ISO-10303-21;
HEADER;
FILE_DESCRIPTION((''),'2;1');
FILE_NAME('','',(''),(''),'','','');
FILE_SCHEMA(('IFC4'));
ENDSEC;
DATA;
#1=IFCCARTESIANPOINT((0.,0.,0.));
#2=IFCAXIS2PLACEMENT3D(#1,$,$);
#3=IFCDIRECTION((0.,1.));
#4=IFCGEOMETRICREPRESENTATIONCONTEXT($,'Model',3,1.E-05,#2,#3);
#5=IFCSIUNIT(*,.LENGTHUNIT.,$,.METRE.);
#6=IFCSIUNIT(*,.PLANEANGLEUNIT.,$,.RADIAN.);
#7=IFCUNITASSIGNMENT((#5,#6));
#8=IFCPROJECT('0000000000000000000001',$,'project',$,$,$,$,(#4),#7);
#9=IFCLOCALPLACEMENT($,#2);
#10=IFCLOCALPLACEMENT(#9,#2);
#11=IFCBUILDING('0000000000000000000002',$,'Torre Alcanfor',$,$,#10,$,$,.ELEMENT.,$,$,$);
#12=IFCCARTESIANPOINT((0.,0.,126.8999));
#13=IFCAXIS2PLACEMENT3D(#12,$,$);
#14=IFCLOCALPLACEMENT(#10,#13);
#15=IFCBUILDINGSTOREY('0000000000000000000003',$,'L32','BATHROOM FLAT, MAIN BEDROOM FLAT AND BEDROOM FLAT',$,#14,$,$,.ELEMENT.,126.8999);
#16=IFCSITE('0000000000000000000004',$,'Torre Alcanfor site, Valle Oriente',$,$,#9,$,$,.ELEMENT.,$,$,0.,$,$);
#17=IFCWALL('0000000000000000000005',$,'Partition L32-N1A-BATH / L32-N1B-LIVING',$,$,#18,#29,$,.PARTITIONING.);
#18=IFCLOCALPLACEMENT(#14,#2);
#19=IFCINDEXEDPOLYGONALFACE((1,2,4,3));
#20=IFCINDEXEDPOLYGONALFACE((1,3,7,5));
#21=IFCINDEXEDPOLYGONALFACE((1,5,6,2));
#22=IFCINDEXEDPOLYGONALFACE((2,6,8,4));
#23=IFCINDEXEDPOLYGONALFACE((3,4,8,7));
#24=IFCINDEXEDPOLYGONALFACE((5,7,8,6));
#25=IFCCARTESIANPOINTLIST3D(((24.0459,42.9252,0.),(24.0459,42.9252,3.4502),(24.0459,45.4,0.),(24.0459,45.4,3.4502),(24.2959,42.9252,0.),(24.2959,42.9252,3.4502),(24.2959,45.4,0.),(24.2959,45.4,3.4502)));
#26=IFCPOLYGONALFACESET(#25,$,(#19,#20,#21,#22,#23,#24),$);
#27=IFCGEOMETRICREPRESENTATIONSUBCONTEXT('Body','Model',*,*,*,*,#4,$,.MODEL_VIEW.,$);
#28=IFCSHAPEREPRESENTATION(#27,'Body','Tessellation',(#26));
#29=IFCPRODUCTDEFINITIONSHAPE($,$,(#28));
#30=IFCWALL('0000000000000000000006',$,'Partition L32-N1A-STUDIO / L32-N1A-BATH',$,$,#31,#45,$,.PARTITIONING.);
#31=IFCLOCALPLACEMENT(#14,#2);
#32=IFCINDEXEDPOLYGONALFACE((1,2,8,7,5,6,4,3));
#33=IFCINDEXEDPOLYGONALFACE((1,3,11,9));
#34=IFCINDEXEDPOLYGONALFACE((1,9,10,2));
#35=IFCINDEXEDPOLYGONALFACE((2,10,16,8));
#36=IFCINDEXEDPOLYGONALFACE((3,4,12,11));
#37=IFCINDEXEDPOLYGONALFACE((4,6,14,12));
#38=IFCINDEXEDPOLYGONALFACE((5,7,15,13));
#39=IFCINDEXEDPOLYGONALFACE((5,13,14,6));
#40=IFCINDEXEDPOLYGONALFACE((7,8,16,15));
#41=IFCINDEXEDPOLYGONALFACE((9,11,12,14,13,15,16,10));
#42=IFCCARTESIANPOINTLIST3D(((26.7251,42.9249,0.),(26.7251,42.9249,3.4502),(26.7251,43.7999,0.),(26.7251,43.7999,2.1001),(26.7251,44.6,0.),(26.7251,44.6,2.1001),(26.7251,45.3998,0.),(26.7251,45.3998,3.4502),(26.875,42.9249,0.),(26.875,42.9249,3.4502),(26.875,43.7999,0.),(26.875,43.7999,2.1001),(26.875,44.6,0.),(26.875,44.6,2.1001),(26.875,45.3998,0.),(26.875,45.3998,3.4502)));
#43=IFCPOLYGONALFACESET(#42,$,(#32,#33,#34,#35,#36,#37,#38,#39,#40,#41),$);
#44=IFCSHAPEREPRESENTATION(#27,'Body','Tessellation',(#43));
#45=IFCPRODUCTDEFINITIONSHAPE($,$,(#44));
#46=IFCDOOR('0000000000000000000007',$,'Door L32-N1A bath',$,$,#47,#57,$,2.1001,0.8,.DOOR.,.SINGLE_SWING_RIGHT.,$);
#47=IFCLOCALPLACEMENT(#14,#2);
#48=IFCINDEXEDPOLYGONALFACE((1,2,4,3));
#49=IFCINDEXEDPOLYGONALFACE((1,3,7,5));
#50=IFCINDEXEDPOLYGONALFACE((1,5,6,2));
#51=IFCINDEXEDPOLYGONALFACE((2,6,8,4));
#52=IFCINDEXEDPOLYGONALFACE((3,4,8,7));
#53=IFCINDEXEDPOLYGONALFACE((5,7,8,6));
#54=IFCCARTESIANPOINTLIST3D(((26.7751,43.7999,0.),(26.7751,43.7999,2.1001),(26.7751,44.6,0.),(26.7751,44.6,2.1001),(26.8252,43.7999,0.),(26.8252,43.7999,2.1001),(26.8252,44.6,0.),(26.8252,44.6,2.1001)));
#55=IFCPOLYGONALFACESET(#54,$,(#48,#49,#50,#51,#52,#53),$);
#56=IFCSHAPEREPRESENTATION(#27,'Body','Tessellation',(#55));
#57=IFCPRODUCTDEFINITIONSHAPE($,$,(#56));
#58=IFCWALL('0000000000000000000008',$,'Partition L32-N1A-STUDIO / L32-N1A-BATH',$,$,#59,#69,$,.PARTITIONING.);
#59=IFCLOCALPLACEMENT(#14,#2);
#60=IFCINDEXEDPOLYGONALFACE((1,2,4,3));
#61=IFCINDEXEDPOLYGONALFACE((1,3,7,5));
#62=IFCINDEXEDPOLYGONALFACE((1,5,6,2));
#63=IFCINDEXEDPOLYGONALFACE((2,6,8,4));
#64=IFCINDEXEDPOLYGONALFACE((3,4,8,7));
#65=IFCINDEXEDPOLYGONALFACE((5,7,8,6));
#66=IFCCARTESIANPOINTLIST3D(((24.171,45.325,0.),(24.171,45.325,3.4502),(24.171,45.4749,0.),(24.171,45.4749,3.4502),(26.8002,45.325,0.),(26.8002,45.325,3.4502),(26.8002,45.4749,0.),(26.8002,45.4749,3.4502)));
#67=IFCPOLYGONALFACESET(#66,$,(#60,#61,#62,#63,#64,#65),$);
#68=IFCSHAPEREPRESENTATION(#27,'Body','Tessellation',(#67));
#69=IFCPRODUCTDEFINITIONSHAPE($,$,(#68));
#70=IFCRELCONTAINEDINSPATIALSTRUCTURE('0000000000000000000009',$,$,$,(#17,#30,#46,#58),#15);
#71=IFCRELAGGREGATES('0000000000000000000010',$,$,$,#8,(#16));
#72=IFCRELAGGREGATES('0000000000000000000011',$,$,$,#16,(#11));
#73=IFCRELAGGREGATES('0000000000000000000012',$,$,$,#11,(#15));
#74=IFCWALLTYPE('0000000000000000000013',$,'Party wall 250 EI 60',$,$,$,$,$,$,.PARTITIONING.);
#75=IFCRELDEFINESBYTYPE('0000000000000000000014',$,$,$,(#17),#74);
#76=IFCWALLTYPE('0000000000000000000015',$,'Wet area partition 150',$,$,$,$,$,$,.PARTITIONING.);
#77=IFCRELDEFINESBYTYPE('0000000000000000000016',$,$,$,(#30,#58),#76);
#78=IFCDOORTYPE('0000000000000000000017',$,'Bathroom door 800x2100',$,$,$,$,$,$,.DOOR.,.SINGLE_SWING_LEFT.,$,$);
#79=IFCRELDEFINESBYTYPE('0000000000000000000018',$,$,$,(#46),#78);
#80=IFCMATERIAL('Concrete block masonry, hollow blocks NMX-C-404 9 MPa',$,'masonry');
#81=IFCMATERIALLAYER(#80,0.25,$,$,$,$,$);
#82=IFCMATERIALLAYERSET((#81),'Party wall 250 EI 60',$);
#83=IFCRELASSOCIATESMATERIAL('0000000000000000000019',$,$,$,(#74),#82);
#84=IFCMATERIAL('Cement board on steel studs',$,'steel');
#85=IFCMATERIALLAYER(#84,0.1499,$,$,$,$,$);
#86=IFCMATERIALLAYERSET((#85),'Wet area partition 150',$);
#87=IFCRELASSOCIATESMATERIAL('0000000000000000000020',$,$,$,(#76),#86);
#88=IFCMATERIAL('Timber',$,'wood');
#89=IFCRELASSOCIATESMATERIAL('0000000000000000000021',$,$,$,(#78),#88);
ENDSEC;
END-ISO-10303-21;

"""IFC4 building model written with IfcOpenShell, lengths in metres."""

from ifc_helpers import new_model, si_unit, direction, frame, frame_2d, origin, place, context, subcontext, project, spatial, rectangle, extrude, material, layer, layer_set, type_object, element, fill, save


model = new_model("IFC4")

# Units and contexts
model_context = context("Model", 3, precision=1e-05, world=origin(), true_north=direction((0.0, 1.0)))
body_context = subcontext(model_context, "Body", "Model", "MODEL_VIEW")
ifc_project = project(units=[si_unit("LENGTHUNIT", "METRE"), si_unit("PLANEANGLEUNIT", "RADIAN")], contexts=[model_context])

# Site, building, storey
site_placement = place(None, origin())
site = spatial("IfcSite", under=ifc_project, at=site_placement, Name="Torre Alcanfor site, Valle Oriente", CompositionType="ELEMENT", RefElevation=0.0)
building_placement = place(site_placement, origin())
building = spatial("IfcBuilding", under=site, at=building_placement, Name="Torre Alcanfor", CompositionType="ELEMENT")
storey_placement = place(building_placement, frame((0.0, 0.0, 126.8999)))
storey = spatial("IfcBuildingStorey", under=building, at=storey_placement, Name="L32", Description="BATHROOM FLAT, MAIN BEDROOM FLAT AND BEDROOM FLAT", CompositionType="ELEMENT", Elevation=126.8999)

# Wall
ifc_material_1 = material(Name="Concrete block masonry, hollow blocks NMX-C-404 9 MPa", Category="masonry")
ifc_layer_1 = layer(ifc_material_1, 0.25)
ifc_layer_set_1 = layer_set([ifc_layer_1], Name="Party wall 250 EI 60")
wall_type_1 = type_object("IfcWallType", Name="Party wall 250 EI 60", PredefinedType="PARTITIONING", material=ifc_layer_set_1)
wall_1_placement = place(storey_placement, frame((24.1709, 45.3999, 0.0), z_axis=(0.0, 0.0, 1.0), x_axis=(0.0, -1.0, 0.0)))
element("IfcWall", 1, at=wall_1_placement, inside=storey, type_object=wall_type_1, Name="Partition L32-N1A-BATH / L32-N1B-LIVING", PredefinedType="PARTITIONING", context=body_context, shape_type="SweptSolid", body=[
    extrude(rectangle(XDim=2.4749, YDim=0.25, at=frame_2d((1.2373, 0.0))), origin(), (0.0, 0.0, 1.0), 3.4502),
])

# Wall, opening, door
ifc_material_2 = material(Name="Cement board on steel studs", Category="steel")
ifc_layer_2 = layer(ifc_material_2, 0.1499)
ifc_layer_set_2 = layer_set([ifc_layer_2], Name="Wet area partition 150")
wall_type_2 = type_object("IfcWallType", Name="Wet area partition 150", PredefinedType="PARTITIONING", material=ifc_layer_set_2)
wall_2_placement = place(storey_placement, frame((26.8, 42.925, 0.0), z_axis=(0.0, 0.0, 1.0), x_axis=(0.0, 1.0, 0.0)))
wall_2 = element("IfcWall", 2, at=wall_2_placement, inside=storey, type_object=wall_type_2, Name="Partition L32-N1A-STUDIO / L32-N1A-BATH", PredefinedType="PARTITIONING", context=body_context, shape_type="SweptSolid", body=[
    extrude(rectangle(XDim=2.4749, YDim=0.1499, at=frame_2d((1.2373, 0.0))), origin(), (0.0, 0.0, 1.0), 3.4502),
])
opening_1_placement = place(wall_2_placement, frame((0.875, 0.0, 0.0)))
opening_1 = element("IfcOpeningElement", 3, at=opening_1_placement, cuts=wall_2, PredefinedType="OPENING", context=body_context, shape_type="SweptSolid", body=[
    extrude(rectangle(XDim=0.8, YDim=2.1001, at=frame_2d((0.3999, 1.05))), frame((0.0, 0.085, 0.0), z_axis=(0.0, -1.0, 0.0), x_axis=(1.0, 0.0, 0.0)), (0.0, 0.0, 1.0), 0.1699),
])
ifc_material_3 = material(Name="Timber", Category="wood")
door_type_1 = type_object("IfcDoorType", Name="Bathroom door 800x2100", OperationType="SINGLE_SWING_LEFT", PredefinedType="DOOR", material=ifc_material_3)
door_1_placement = place(opening_1_placement, origin())
door_1 = element("IfcDoor", 4, at=door_1_placement, inside=storey, type_object=door_type_1, Name="Door L32-N1A bath", OperationType="SINGLE_SWING_RIGHT", OverallHeight=2.1001, OverallWidth=0.8, PredefinedType="DOOR", context=body_context, shape_type="SweptSolid", body=[
    extrude(rectangle(XDim=0.8, YDim=2.1001, at=frame_2d((0.3999, 1.05))), frame((0.0, 0.0249, 0.0), z_axis=(0.0, -1.0, 0.0), x_axis=(1.0, 0.0, 0.0)), (0.0, 0.0, 1.0), 0.05),
])
fill(opening_1, door_1)

# Wall
wall_3_placement = place(storey_placement, frame((26.8, 45.3999, 0.0), z_axis=(0.0, 0.0, 1.0), x_axis=(-1.0, 0.0, 0.0)))
element("IfcWall", 5, at=wall_3_placement, inside=storey, type_object=wall_type_2, Name="Partition L32-N1A-STUDIO / L32-N1A-BATH", PredefinedType="PARTITIONING", context=body_context, shape_type="SweptSolid", body=[
    extrude(rectangle(XDim=2.6292, YDim=0.1499, at=frame_2d((1.3145, 0.0))), origin(), (0.0, 0.0, 1.0), 3.4502),
])

save(model, "model.ifc")
